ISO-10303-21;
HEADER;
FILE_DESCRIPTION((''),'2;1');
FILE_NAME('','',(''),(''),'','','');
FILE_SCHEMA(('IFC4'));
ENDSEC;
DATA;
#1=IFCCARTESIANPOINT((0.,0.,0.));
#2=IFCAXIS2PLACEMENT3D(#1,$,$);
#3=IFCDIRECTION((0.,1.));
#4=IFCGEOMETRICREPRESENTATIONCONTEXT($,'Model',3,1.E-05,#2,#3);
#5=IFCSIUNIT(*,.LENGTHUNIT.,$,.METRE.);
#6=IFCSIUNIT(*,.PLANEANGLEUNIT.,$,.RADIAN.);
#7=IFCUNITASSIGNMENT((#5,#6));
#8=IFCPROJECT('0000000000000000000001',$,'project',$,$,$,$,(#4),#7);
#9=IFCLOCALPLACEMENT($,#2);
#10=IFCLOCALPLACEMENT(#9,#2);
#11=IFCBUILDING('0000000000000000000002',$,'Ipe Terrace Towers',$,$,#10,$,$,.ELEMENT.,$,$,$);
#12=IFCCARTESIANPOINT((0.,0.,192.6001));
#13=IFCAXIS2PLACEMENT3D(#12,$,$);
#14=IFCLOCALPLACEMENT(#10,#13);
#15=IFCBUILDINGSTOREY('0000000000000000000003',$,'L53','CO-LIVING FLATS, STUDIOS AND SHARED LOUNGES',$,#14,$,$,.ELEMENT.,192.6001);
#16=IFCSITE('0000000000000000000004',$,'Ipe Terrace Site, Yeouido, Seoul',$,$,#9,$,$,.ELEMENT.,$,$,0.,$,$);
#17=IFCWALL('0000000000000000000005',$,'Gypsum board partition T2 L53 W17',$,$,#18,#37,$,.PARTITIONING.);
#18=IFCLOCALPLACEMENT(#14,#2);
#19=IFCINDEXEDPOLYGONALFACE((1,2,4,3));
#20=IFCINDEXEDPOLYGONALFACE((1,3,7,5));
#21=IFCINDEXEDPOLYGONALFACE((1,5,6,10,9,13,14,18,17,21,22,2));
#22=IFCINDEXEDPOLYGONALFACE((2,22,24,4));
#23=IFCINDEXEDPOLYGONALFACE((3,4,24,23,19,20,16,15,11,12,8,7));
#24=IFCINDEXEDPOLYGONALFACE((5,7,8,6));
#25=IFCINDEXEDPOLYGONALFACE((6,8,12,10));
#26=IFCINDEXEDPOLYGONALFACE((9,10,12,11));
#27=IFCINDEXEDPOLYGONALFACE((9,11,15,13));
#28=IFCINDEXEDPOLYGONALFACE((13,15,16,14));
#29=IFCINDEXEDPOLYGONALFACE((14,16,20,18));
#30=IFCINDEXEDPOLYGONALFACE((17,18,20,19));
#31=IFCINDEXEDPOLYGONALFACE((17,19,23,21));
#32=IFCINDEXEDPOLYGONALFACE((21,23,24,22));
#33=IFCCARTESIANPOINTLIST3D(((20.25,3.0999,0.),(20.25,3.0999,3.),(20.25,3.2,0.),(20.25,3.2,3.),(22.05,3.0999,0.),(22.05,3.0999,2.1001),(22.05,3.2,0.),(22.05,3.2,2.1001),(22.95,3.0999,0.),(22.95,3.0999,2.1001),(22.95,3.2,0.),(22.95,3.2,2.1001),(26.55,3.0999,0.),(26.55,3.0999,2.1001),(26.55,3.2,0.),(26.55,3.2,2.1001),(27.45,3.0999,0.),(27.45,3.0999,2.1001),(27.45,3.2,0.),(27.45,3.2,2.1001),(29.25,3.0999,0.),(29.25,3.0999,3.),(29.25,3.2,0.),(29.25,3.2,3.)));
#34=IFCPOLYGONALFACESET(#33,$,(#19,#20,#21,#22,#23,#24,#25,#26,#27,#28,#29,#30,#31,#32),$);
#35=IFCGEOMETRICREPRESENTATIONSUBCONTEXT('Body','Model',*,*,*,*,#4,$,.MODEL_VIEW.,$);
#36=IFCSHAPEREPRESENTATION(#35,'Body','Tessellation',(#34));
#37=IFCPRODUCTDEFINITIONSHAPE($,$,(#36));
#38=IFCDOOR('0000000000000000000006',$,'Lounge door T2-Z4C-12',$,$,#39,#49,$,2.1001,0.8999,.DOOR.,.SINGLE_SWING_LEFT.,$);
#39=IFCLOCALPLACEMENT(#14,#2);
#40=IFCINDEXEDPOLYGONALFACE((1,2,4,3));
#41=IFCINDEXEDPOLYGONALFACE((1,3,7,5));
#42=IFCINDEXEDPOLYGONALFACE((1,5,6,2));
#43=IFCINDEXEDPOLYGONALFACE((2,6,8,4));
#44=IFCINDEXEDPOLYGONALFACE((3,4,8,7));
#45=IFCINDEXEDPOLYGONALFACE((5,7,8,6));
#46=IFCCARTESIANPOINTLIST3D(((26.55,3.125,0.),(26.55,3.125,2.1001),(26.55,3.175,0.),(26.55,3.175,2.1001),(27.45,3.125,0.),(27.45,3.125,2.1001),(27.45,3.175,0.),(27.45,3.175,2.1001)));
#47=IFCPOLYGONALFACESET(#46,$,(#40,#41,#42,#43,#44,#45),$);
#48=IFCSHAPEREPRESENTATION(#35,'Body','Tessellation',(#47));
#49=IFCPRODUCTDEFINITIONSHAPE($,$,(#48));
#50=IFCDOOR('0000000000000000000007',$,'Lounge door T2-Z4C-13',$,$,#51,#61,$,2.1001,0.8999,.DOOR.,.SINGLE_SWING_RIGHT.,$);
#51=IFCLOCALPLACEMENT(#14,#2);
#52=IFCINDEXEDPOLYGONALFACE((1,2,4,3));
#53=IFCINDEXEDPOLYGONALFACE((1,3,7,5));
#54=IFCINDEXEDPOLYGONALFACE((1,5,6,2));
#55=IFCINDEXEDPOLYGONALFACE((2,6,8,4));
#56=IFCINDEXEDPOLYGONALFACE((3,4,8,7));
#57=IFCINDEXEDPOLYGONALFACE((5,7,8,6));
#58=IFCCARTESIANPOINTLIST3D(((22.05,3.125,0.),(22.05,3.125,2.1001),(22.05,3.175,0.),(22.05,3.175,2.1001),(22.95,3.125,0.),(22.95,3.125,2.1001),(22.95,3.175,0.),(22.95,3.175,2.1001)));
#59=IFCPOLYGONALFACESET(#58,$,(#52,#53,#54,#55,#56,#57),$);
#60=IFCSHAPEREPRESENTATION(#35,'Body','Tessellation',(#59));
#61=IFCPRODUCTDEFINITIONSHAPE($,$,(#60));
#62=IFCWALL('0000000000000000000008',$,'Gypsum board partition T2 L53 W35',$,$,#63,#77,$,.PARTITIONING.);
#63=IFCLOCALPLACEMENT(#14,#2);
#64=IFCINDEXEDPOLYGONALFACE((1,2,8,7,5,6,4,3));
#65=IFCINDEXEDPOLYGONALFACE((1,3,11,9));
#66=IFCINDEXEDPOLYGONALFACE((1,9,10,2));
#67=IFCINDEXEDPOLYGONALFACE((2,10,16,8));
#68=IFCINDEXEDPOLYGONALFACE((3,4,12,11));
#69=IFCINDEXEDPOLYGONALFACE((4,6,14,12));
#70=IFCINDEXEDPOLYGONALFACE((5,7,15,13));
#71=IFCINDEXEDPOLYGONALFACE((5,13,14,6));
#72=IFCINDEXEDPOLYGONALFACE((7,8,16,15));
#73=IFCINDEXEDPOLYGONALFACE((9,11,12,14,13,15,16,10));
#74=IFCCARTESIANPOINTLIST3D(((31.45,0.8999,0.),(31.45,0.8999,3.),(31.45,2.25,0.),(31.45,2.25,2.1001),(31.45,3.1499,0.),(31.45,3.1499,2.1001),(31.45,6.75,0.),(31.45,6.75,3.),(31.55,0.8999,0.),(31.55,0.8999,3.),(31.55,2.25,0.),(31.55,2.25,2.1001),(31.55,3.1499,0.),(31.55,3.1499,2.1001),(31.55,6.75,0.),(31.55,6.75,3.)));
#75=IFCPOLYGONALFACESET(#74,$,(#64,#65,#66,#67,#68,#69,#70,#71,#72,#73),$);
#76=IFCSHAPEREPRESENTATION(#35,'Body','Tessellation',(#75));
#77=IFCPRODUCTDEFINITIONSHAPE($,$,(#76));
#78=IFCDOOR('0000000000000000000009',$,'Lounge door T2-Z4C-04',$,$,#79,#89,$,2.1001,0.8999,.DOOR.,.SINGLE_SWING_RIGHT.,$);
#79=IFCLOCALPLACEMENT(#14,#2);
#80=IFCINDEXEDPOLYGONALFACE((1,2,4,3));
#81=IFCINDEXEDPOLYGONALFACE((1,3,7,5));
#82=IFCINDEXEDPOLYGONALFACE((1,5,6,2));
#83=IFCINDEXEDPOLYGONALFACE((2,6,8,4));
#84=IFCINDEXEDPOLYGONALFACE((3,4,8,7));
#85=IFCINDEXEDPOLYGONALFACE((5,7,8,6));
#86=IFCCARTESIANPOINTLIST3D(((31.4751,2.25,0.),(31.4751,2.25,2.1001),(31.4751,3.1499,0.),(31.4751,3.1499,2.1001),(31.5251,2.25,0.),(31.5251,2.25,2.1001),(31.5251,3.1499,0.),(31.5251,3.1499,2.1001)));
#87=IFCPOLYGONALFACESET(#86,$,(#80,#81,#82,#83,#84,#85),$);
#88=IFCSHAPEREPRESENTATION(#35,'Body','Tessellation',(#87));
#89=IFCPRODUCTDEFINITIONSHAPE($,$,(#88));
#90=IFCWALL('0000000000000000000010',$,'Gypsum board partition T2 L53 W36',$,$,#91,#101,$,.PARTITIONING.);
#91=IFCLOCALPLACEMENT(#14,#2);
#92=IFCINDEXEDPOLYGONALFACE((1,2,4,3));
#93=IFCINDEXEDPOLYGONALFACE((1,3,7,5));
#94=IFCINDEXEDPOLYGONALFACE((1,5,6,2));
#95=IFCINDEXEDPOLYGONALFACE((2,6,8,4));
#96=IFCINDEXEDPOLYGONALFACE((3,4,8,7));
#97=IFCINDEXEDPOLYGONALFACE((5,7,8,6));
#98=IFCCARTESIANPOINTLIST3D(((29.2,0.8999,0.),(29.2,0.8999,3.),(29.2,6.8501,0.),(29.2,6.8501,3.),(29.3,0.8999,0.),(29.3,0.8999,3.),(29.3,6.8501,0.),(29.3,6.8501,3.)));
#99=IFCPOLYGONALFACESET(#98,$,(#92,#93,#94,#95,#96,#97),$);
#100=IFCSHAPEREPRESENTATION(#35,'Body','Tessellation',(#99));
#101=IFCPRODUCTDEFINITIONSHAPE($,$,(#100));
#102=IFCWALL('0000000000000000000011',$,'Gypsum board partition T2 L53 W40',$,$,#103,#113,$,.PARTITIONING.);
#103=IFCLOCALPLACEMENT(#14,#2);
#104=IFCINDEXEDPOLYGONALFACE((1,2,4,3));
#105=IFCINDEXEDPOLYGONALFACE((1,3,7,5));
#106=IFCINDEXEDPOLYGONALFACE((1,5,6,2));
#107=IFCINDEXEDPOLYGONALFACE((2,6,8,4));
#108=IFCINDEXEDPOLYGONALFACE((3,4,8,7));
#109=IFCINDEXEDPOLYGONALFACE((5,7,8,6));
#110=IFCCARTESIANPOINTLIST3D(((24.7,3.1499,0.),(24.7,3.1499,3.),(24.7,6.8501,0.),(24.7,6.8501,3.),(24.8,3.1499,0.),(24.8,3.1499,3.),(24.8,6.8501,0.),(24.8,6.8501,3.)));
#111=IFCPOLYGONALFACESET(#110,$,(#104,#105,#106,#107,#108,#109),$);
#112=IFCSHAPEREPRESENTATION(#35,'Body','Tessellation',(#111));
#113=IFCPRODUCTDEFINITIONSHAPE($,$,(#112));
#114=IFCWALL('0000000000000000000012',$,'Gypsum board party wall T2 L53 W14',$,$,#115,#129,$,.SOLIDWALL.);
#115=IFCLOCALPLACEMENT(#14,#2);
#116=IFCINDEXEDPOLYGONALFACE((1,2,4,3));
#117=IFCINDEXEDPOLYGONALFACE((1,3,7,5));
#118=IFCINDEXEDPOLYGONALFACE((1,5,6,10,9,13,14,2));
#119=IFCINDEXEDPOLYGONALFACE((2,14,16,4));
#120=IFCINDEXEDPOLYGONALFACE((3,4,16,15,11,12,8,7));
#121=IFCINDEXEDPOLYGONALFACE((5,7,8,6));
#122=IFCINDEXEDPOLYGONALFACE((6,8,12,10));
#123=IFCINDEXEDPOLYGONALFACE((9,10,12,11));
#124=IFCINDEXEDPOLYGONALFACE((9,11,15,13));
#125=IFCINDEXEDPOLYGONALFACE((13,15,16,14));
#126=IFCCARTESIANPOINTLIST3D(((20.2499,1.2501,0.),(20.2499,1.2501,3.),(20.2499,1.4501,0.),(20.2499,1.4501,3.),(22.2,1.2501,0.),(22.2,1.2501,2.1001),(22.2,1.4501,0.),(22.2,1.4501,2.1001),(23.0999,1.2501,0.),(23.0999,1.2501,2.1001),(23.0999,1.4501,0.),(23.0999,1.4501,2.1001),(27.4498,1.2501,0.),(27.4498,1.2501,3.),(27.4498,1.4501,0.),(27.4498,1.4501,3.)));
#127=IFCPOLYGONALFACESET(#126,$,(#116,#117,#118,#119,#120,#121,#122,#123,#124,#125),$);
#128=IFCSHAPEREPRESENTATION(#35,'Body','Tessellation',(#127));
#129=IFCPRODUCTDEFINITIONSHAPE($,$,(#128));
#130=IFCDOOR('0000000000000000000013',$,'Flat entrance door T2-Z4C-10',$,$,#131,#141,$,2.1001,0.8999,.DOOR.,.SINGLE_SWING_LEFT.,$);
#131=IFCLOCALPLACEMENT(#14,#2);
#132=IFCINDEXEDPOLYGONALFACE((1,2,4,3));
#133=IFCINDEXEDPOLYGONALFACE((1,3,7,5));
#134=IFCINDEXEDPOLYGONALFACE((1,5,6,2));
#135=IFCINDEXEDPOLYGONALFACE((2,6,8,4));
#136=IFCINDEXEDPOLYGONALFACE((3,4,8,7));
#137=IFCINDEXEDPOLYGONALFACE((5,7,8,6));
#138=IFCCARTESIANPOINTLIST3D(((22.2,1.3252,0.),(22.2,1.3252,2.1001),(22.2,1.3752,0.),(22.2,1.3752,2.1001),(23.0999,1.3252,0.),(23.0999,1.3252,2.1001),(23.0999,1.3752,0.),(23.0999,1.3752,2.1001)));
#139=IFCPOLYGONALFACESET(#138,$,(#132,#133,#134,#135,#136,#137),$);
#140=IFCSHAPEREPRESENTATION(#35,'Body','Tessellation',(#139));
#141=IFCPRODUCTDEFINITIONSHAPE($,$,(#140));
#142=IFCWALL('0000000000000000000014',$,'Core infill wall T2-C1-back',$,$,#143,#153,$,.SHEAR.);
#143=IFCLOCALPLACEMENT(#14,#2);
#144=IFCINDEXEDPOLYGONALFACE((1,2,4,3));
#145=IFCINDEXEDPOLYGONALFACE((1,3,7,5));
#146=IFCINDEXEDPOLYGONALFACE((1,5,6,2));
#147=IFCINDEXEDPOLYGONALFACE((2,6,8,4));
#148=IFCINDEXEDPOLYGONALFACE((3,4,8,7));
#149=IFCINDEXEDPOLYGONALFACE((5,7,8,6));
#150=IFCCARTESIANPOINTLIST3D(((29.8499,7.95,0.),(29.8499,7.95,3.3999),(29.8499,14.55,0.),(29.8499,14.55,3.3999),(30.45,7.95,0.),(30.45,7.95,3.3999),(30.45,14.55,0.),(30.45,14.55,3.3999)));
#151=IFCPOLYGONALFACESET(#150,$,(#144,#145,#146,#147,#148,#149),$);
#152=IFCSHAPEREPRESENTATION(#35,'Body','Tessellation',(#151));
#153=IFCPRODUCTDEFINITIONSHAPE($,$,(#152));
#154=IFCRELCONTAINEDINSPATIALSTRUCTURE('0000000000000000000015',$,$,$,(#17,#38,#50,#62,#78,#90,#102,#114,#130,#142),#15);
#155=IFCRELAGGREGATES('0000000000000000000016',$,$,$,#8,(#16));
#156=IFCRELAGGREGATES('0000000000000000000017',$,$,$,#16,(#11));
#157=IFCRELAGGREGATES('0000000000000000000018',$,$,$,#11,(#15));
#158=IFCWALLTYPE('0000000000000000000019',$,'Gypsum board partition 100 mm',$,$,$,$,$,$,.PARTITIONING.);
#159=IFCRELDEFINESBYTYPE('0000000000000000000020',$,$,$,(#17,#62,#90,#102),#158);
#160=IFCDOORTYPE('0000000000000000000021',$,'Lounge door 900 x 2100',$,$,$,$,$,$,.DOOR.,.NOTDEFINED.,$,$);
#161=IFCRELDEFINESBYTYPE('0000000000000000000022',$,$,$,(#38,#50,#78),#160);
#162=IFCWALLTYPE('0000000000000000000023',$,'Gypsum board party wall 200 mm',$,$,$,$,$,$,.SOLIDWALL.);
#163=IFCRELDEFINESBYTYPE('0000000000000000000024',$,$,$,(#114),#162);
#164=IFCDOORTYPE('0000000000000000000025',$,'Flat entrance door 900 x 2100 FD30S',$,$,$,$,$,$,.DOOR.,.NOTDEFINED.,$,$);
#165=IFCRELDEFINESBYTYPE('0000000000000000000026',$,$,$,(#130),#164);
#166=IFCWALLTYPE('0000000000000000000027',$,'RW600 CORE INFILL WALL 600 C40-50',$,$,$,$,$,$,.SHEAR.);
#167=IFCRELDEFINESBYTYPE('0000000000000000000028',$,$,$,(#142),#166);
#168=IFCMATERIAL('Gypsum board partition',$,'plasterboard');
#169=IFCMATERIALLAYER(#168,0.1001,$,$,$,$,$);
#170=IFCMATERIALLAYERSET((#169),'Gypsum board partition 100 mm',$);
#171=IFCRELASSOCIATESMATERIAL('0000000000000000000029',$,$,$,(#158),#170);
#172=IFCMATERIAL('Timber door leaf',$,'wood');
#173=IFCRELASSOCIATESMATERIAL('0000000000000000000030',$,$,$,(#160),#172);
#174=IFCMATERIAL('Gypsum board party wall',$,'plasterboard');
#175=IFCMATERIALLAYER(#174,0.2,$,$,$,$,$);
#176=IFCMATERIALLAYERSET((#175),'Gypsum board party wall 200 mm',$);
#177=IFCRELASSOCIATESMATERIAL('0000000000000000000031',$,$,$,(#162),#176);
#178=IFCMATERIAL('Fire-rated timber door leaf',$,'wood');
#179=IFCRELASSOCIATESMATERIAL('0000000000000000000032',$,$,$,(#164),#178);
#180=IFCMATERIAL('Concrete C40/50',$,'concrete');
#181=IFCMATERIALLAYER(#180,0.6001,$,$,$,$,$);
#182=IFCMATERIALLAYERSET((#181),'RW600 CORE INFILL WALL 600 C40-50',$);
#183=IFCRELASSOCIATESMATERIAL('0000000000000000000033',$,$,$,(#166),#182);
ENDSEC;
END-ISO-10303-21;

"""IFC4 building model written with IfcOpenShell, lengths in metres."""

from ifc_helpers import new_model, si_unit, direction, frame, frame_2d, origin, place, context, subcontext, project, spatial, rectangle, extrude, material, layer, layer_set, type_object, element, fill, save


model = new_model("IFC4")

# Units and contexts
model_context = context("Model", 3, precision=1e-05, world=origin(), true_north=direction((0.0, 1.0)))
body_context = subcontext(model_context, "Body", "Model", "MODEL_VIEW")
ifc_project = project(units=[si_unit("LENGTHUNIT", "METRE"), si_unit("PLANEANGLEUNIT", "RADIAN")], contexts=[model_context])

# Site, building, storey
site_placement = place(None, origin())
site = spatial("IfcSite", under=ifc_project, at=site_placement, Name="Ipe Terrace Site, Yeouido, Seoul", CompositionType="ELEMENT", RefElevation=0.0)
building_placement = place(site_placement, origin())
building = spatial("IfcBuilding", under=site, at=building_placement, Name="Ipe Terrace Towers", CompositionType="ELEMENT")
storey_placement = place(building_placement, frame((0.0, 0.0, 192.6001)))
storey = spatial("IfcBuildingStorey", under=building, at=storey_placement, Name="L53", Description="CO-LIVING FLATS, STUDIOS AND SHARED LOUNGES", CompositionType="ELEMENT", Elevation=192.6001)

# Shared definitions
ifc_material_1 = material(Name="Gypsum board partition", Category="plasterboard")
ifc_layer_1 = layer(ifc_material_1, 0.1001)
ifc_layer_set_1 = layer_set([ifc_layer_1], Name="Gypsum board partition 100 mm")
wall_type_1 = type_object("IfcWallType", Name="Gypsum board partition 100 mm", PredefinedType="PARTITIONING", material=ifc_layer_set_1)

# Wall, openings, doors
wall_1_placement = place(storey_placement, frame((29.25, 3.1499, 0.0), z_axis=(0.0, 0.0, 1.0), x_axis=(-1.0, 0.0, 0.0)))
wall_1 = element("IfcWall", 1, at=wall_1_placement, inside=storey, type_object=wall_type_1, Name="Gypsum board partition T2 L53 W17", PredefinedType="PARTITIONING", context=body_context, shape_type="SweptSolid", body=[
    extrude(rectangle(XDim=9.0, YDim=0.1001, at=frame_2d((4.5, 0.0))), origin(), (0.0, 0.0, 1.0), 3.0),
])
opening_1_placement = place(wall_1_placement, frame((1.8, 0.0, 0.0)))
opening_1 = element("IfcOpeningElement", 2, at=opening_1_placement, cuts=wall_1, PredefinedType="OPENING", context=body_context, shape_type="SweptSolid", body=[
    extrude(rectangle(XDim=0.8999, YDim=2.1001, at=frame_2d((0.45, 1.05))), frame((0.0, 0.0601, 0.0), z_axis=(0.0, -1.0, 0.0), x_axis=(1.0, 0.0, 0.0)), (0.0, 0.0, 1.0), 0.1201),
])
opening_2_placement = place(wall_1_placement, frame((6.3, 0.0, 0.0)))
opening_2 = element("IfcOpeningElement", 3, at=opening_2_placement, cuts=wall_1, PredefinedType="OPENING", context=body_context, shape_type="SweptSolid", body=[
    extrude(rectangle(XDim=0.8999, YDim=2.1001, at=frame_2d((0.45, 1.05))), frame((0.0, 0.0601, 0.0), z_axis=(0.0, -1.0, 0.0), x_axis=(1.0, 0.0, 0.0)), (0.0, 0.0, 1.0), 0.1201),
])
ifc_material_2 = material(Name="Timber door leaf", Category="wood")
door_type_1 = type_object("IfcDoorType", Name="Lounge door 900 x 2100", OperationType="NOTDEFINED", PredefinedType="DOOR", material=ifc_material_2)
door_1_placement = place(opening_1_placement, origin())
door_1 = element("IfcDoor", 4, at=door_1_placement, inside=storey, type_object=door_type_1, Name="Lounge door T2-Z4C-12", OperationType="SINGLE_SWING_LEFT", OverallHeight=2.1001, OverallWidth=0.8999, PredefinedType="DOOR", context=body_context, shape_type="SweptSolid", body=[
    extrude(rectangle(XDim=0.8999, YDim=2.1001, at=frame_2d((0.45, 1.05))), frame((0.0, 0.0249, 0.0), z_axis=(0.0, -1.0, 0.0), x_axis=(1.0, 0.0, 0.0)), (0.0, 0.0, 1.0), 0.05),
])
fill(opening_1, door_1)
door_2_placement = place(opening_2_placement, origin())
door_2 = element("IfcDoor", 5, at=door_2_placement, inside=storey, type_object=door_type_1, Name="Lounge door T2-Z4C-13", OperationType="SINGLE_SWING_RIGHT", OverallHeight=2.1001, OverallWidth=0.8999, PredefinedType="DOOR", context=body_context, shape_type="SweptSolid", body=[
    extrude(rectangle(XDim=0.8999, YDim=2.1001, at=frame_2d((0.45, 1.05))), frame((0.0, 0.0249, 0.0), z_axis=(0.0, -1.0, 0.0), x_axis=(1.0, 0.0, 0.0)), (0.0, 0.0, 1.0), 0.05),
])
fill(opening_2, door_2)

# Wall, opening, door
wall_2_placement = place(storey_placement, frame((31.5, 0.8999, 0.0), z_axis=(0.0, 0.0, 1.0), x_axis=(0.0, 1.0, 0.0)))
wall_2 = element("IfcWall", 6, at=wall_2_placement, inside=storey, type_object=wall_type_1, Name="Gypsum board partition T2 L53 W35", PredefinedType="PARTITIONING", context=body_context, shape_type="SweptSolid", body=[
    extrude(rectangle(XDim=5.8501, YDim=0.1001, at=frame_2d((2.925, 0.0))), origin(), (0.0, 0.0, 1.0), 3.0),
])
opening_3_placement = place(wall_2_placement, frame((1.3501, 0.0, 0.0)))
opening_3 = element("IfcOpeningElement", 7, at=opening_3_placement, cuts=wall_2, PredefinedType="OPENING", context=body_context, shape_type="SweptSolid", body=[
    extrude(rectangle(XDim=0.8999, YDim=2.1001, at=frame_2d((0.45, 1.05))), frame((0.0, 0.0601, 0.0), z_axis=(0.0, -1.0, 0.0), x_axis=(1.0, 0.0, 0.0)), (0.0, 0.0, 1.0), 0.1201),
])
door_3_placement = place(opening_3_placement, origin())
door_3 = element("IfcDoor", 8, at=door_3_placement, inside=storey, type_object=door_type_1, Name="Lounge door T2-Z4C-04", OperationType="SINGLE_SWING_RIGHT", OverallHeight=2.1001, OverallWidth=0.8999, PredefinedType="DOOR", context=body_context, shape_type="SweptSolid", body=[
    extrude(rectangle(XDim=0.8999, YDim=2.1001, at=frame_2d((0.45, 1.05))), frame((0.0, 0.0249, 0.0), z_axis=(0.0, -1.0, 0.0), x_axis=(1.0, 0.0, 0.0)), (0.0, 0.0, 1.0), 0.05),
])
fill(opening_3, door_3)

# Walls
wall_3_placement = place(storey_placement, frame((29.25, 0.8999, 0.0), z_axis=(0.0, 0.0, 1.0), x_axis=(0.0, 1.0, 0.0)))
element("IfcWall", 9, at=wall_3_placement, inside=storey, type_object=wall_type_1, Name="Gypsum board partition T2 L53 W36", PredefinedType="PARTITIONING", context=body_context, shape_type="SweptSolid", body=[
    extrude(rectangle(XDim=5.9502, YDim=0.1001, at=frame_2d((2.9751, 0.0))), origin(), (0.0, 0.0, 1.0), 3.0),
])
wall_4_placement = place(storey_placement, frame((24.75, 3.1499, 0.0), z_axis=(0.0, 0.0, 1.0), x_axis=(0.0, 1.0, 0.0)))
element("IfcWall", 10, at=wall_4_placement, inside=storey, type_object=wall_type_1, Name="Gypsum board partition T2 L53 W40", PredefinedType="PARTITIONING", context=body_context, shape_type="SweptSolid", body=[
    extrude(rectangle(XDim=3.7002, YDim=0.1001, at=frame_2d((1.8501, 0.0))), origin(), (0.0, 0.0, 1.0), 3.0),
])

# Wall, opening, door
ifc_material_3 = material(Name="Gypsum board party wall", Category="plasterboard")
ifc_layer_2 = layer(ifc_material_3, 0.2)
ifc_layer_set_2 = layer_set([ifc_layer_2], Name="Gypsum board party wall 200 mm")
wall_type_2 = type_object("IfcWallType", Name="Gypsum board party wall 200 mm", PredefinedType="SOLIDWALL", material=ifc_layer_set_2)
wall_5_placement = place(storey_placement, frame((27.45, 1.3501, 0.0), z_axis=(0.0, 0.0, 1.0), x_axis=(-1.0, 0.0, 0.0)))
wall_5 = element("IfcWall", 11, at=wall_5_placement, inside=storey, type_object=wall_type_2, Name="Gypsum board party wall T2 L53 W14", PredefinedType="SOLIDWALL", context=body_context, shape_type="SweptSolid", body=[
    extrude(rectangle(XDim=7.2, YDim=0.2, at=frame_2d((3.6001, 0.0))), origin(), (0.0, 0.0, 1.0), 3.0),
])
opening_4_placement = place(wall_5_placement, frame((4.3501, 0.0, 0.0)))
opening_4 = element("IfcOpeningElement", 12, at=opening_4_placement, cuts=wall_5, PredefinedType="OPENING", context=body_context, shape_type="SweptSolid", body=[
    extrude(rectangle(XDim=0.8999, YDim=2.1001, at=frame_2d((0.45, 1.05))), frame((0.0, 0.1099, 0.0), z_axis=(0.0, -1.0, 0.0), x_axis=(1.0, 0.0, 0.0)), (0.0, 0.0, 1.0), 0.22),
])
ifc_material_4 = material(Name="Fire-rated timber door leaf", Category="wood")
door_type_2 = type_object("IfcDoorType", Name="Flat entrance door 900 x 2100 FD30S", OperationType="NOTDEFINED", PredefinedType="DOOR", material=ifc_material_4)
door_4_placement = place(opening_4_placement, origin())
door_4 = element("IfcDoor", 13, at=door_4_placement, inside=storey, type_object=door_type_2, Name="Flat entrance door T2-Z4C-10", OperationType="SINGLE_SWING_LEFT", OverallHeight=2.1001, OverallWidth=0.8999, PredefinedType="DOOR", context=body_context, shape_type="SweptSolid", body=[
    extrude(rectangle(XDim=0.8999, YDim=2.1001, at=frame_2d((0.45, 1.05))), frame((0.0, 0.0249, 0.0), z_axis=(0.0, -1.0, 0.0), x_axis=(1.0, 0.0, 0.0)), (0.0, 0.0, 1.0), 0.05),
])
fill(opening_4, door_4)

# Wall
ifc_material_5 = material(Name="Concrete C40/50", Category="concrete")
ifc_layer_3 = layer(ifc_material_5, 0.6001)
ifc_layer_set_3 = layer_set([ifc_layer_3], Name="RW600 CORE INFILL WALL 600 C40-50")
wall_type_3 = type_object("IfcWallType", Name="RW600 CORE INFILL WALL 600 C40-50", PredefinedType="SHEAR", material=ifc_layer_set_3)
wall_6_placement = place(storey_placement, frame((30.1499, 7.95, 0.0), z_axis=(0.0, 0.0, 1.0), x_axis=(0.0, 1.0, 0.0)))
element("IfcWall", 14, at=wall_6_placement, inside=storey, type_object=wall_type_3, Name="Core infill wall T2-C1-back", PredefinedType="SHEAR", context=body_context, shape_type="SweptSolid", body=[
    extrude(rectangle(XDim=6.6001, YDim=0.6001, at=frame_2d((3.3, 0.0))), origin(), (0.0, 0.0, 1.0), 3.3999),
])

save(model, "model.ifc")
